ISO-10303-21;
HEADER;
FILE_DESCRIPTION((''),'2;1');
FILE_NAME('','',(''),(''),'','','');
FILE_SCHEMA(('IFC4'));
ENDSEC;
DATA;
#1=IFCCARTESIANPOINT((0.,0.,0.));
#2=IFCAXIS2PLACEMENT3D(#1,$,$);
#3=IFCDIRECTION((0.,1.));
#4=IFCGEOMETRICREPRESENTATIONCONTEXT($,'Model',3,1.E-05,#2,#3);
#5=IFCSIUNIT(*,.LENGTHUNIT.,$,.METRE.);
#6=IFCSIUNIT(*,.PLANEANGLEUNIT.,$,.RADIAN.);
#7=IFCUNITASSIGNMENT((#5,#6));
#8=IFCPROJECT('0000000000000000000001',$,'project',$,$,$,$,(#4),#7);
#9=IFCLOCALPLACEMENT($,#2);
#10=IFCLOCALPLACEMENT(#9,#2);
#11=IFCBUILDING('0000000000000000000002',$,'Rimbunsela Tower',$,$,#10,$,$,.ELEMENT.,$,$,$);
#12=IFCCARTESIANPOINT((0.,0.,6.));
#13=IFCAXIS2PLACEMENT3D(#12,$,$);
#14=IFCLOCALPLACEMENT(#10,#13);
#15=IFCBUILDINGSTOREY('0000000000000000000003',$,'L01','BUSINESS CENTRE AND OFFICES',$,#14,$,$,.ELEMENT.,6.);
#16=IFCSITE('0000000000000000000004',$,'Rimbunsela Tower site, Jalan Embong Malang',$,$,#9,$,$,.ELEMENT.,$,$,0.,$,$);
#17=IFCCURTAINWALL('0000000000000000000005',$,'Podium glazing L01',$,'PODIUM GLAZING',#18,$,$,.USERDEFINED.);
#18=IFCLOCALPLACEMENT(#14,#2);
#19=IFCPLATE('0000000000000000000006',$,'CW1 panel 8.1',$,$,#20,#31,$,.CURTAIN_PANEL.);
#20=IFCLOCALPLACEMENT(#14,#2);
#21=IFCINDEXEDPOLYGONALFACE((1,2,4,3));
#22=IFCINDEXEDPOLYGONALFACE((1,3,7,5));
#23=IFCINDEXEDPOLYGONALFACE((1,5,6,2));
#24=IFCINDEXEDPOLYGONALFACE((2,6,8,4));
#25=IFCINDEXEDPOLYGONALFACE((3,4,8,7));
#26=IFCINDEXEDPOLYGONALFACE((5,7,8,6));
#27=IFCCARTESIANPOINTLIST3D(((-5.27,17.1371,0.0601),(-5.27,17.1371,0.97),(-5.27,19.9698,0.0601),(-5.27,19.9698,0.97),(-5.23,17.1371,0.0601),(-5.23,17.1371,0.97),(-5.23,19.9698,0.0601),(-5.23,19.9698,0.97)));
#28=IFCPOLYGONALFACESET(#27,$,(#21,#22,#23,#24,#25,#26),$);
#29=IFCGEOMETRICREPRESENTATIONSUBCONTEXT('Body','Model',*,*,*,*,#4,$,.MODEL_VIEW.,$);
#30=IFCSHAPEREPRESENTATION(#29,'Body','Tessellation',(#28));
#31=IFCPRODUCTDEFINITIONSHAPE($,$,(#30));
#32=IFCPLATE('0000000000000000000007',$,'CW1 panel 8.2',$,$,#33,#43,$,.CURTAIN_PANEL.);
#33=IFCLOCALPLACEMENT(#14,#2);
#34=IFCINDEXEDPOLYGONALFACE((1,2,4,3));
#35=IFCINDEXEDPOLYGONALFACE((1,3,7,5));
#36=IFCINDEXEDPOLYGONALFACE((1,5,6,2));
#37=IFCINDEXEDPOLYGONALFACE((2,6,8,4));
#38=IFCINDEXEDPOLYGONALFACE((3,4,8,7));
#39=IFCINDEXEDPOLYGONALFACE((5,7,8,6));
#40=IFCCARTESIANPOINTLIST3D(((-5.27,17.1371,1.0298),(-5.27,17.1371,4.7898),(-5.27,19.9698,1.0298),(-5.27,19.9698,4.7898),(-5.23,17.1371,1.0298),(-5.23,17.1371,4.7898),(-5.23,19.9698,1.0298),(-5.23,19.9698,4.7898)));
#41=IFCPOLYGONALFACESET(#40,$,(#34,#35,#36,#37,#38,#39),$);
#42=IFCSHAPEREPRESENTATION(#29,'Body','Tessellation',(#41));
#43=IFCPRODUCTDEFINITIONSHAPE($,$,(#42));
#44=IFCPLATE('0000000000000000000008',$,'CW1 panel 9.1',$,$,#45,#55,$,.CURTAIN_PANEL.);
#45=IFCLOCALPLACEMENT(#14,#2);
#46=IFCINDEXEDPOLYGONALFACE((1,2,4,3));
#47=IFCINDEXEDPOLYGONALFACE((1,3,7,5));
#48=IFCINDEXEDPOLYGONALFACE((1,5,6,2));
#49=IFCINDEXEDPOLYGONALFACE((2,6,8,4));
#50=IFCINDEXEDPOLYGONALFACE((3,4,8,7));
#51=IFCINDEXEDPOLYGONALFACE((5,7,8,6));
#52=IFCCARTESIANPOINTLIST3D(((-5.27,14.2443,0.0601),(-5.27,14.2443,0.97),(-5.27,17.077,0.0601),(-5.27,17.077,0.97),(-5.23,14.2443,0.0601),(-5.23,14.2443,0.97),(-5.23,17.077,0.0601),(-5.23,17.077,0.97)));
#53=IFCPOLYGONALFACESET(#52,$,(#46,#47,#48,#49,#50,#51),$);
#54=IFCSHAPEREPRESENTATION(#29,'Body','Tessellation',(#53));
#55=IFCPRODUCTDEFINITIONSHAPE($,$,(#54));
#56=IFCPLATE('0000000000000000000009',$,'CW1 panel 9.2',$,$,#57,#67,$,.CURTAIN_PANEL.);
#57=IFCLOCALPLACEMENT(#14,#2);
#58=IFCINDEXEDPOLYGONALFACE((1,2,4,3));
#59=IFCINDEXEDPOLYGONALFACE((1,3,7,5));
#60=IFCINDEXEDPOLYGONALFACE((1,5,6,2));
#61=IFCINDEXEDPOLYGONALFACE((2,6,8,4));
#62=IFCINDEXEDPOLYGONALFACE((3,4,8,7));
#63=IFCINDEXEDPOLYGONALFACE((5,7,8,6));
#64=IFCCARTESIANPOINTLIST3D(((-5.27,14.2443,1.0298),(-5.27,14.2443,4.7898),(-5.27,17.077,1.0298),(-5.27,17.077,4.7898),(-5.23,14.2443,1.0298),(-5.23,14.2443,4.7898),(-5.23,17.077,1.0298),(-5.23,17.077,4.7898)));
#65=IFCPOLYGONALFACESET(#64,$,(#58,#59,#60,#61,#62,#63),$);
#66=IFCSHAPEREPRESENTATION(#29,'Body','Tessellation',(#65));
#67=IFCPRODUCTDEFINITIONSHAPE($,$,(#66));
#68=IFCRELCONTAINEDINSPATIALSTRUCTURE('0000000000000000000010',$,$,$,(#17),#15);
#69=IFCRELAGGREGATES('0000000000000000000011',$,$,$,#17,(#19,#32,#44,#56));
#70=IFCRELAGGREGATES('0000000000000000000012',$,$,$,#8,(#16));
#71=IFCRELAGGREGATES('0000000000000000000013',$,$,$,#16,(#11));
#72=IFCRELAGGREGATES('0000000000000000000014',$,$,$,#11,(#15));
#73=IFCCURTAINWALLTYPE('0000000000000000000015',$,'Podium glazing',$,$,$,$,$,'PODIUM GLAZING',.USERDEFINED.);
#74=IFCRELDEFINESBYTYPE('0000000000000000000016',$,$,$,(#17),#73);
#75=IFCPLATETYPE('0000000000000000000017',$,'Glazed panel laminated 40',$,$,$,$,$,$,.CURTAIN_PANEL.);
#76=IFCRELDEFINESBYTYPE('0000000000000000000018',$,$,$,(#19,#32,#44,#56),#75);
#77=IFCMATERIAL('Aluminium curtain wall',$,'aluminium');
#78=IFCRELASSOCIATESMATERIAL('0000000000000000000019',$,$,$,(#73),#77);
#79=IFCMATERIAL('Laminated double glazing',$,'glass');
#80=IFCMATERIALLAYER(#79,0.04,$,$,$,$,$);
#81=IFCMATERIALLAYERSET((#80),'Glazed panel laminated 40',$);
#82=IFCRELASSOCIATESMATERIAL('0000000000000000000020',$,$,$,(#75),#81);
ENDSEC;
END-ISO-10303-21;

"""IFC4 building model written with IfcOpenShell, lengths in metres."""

from ifc_helpers import new_model, si_unit, direction, frame, origin, origin_2d, place, context, subcontext, project, spatial, rectangle, extrude, material, layer, layer_set, type_object, element, aggregate, save


model = new_model("IFC4")

# Units and contexts
model_context = context("Model", 3, precision=1e-05, world=origin(), true_north=direction((0.0, 1.0)))
body_context = subcontext(model_context, "Body", "Model", "MODEL_VIEW")
ifc_project = project(units=[si_unit("LENGTHUNIT", "METRE"), si_unit("PLANEANGLEUNIT", "RADIAN")], contexts=[model_context])

# Site, building, storey
site_placement = place(None, origin())
site = spatial("IfcSite", under=ifc_project, at=site_placement, Name="Rimbunsela Tower site, Jalan Embong Malang", CompositionType="ELEMENT", RefElevation=0.0)
building_placement = place(site_placement, origin())
building = spatial("IfcBuilding", under=site, at=building_placement, Name="Rimbunsela Tower", CompositionType="ELEMENT")
storey_placement = place(building_placement, frame((0.0, 0.0, 6.0)))
storey = spatial("IfcBuildingStorey", under=building, at=storey_placement, Name="L01", Description="BUSINESS CENTRE AND OFFICES", CompositionType="ELEMENT", Elevation=6.0)

# Curtain wall, plates
ifc_material_1 = material(Name="Aluminium curtain wall", Category="aluminium")
curtain_wall_type = type_object("IfcCurtainWallType", Name="Podium glazing", ElementType="PODIUM GLAZING", PredefinedType="USERDEFINED", material=ifc_material_1)
curtain_wall_placement = place(storey_placement, origin())
curtain_wall = element("IfcCurtainWall", 1, at=curtain_wall_placement, inside=storey, type_object=curtain_wall_type, Name="Podium glazing L01", ObjectType="PODIUM GLAZING", PredefinedType="USERDEFINED")
ifc_material_2 = material(Name="Laminated double glazing", Category="glass")
ifc_layer = layer(ifc_material_2, 0.04)
ifc_layer_set = layer_set([ifc_layer], Name="Glazed panel laminated 40")
plate_type = type_object("IfcPlateType", Name="Glazed panel laminated 40", PredefinedType="CURTAIN_PANEL", material=ifc_layer_set)
plate_1_placement = place(storey_placement, frame((-5.25, 18.5535, 0.0601), z_axis=(0.0, 0.0, 1.0), x_axis=(0.0, -1.0, 0.0)))
plate_1 = element("IfcPlate", 2, at=plate_1_placement, type_object=plate_type, Name="CW1 panel 8.1", PredefinedType="CURTAIN_PANEL", context=body_context, shape_type="SweptSolid", body=[
    extrude(rectangle(XDim=2.8328, YDim=0.04, at=origin_2d()), origin(), (0.0, 0.0, 1.0), 0.9099),
])
plate_2_placement = place(storey_placement, frame((-5.25, 18.5535, 1.0298), z_axis=(0.0, 0.0, 1.0), x_axis=(0.0, -1.0, 0.0)))
plate_2 = element("IfcPlate", 3, at=plate_2_placement, type_object=plate_type, Name="CW1 panel 8.2", PredefinedType="CURTAIN_PANEL", context=body_context, shape_type="SweptSolid", body=[
    extrude(rectangle(XDim=2.8328, YDim=0.04, at=origin_2d()), origin(), (0.0, 0.0, 1.0), 3.76),
])
plate_3_placement = place(storey_placement, frame((-5.25, 15.6606, 0.0601), z_axis=(0.0, 0.0, 1.0), x_axis=(0.0, -1.0, 0.0)))
plate_3 = element("IfcPlate", 4, at=plate_3_placement, type_object=plate_type, Name="CW1 panel 9.1", PredefinedType="CURTAIN_PANEL", context=body_context, shape_type="SweptSolid", body=[
    extrude(rectangle(XDim=2.8328, YDim=0.04, at=origin_2d()), origin(), (0.0, 0.0, 1.0), 0.9099),
])
plate_4_placement = place(storey_placement, frame((-5.25, 15.6606, 1.0298), z_axis=(0.0, 0.0, 1.0), x_axis=(0.0, -1.0, 0.0)))
plate_4 = element("IfcPlate", 5, at=plate_4_placement, type_object=plate_type, Name="CW1 panel 9.2", PredefinedType="CURTAIN_PANEL", context=body_context, shape_type="SweptSolid", body=[
    extrude(rectangle(XDim=2.8328, YDim=0.04, at=origin_2d()), origin(), (0.0, 0.0, 1.0), 3.76),
])
aggregate(curtain_wall, [plate_1, plate_2, plate_3, plate_4])

save(model, "model.ifc")
